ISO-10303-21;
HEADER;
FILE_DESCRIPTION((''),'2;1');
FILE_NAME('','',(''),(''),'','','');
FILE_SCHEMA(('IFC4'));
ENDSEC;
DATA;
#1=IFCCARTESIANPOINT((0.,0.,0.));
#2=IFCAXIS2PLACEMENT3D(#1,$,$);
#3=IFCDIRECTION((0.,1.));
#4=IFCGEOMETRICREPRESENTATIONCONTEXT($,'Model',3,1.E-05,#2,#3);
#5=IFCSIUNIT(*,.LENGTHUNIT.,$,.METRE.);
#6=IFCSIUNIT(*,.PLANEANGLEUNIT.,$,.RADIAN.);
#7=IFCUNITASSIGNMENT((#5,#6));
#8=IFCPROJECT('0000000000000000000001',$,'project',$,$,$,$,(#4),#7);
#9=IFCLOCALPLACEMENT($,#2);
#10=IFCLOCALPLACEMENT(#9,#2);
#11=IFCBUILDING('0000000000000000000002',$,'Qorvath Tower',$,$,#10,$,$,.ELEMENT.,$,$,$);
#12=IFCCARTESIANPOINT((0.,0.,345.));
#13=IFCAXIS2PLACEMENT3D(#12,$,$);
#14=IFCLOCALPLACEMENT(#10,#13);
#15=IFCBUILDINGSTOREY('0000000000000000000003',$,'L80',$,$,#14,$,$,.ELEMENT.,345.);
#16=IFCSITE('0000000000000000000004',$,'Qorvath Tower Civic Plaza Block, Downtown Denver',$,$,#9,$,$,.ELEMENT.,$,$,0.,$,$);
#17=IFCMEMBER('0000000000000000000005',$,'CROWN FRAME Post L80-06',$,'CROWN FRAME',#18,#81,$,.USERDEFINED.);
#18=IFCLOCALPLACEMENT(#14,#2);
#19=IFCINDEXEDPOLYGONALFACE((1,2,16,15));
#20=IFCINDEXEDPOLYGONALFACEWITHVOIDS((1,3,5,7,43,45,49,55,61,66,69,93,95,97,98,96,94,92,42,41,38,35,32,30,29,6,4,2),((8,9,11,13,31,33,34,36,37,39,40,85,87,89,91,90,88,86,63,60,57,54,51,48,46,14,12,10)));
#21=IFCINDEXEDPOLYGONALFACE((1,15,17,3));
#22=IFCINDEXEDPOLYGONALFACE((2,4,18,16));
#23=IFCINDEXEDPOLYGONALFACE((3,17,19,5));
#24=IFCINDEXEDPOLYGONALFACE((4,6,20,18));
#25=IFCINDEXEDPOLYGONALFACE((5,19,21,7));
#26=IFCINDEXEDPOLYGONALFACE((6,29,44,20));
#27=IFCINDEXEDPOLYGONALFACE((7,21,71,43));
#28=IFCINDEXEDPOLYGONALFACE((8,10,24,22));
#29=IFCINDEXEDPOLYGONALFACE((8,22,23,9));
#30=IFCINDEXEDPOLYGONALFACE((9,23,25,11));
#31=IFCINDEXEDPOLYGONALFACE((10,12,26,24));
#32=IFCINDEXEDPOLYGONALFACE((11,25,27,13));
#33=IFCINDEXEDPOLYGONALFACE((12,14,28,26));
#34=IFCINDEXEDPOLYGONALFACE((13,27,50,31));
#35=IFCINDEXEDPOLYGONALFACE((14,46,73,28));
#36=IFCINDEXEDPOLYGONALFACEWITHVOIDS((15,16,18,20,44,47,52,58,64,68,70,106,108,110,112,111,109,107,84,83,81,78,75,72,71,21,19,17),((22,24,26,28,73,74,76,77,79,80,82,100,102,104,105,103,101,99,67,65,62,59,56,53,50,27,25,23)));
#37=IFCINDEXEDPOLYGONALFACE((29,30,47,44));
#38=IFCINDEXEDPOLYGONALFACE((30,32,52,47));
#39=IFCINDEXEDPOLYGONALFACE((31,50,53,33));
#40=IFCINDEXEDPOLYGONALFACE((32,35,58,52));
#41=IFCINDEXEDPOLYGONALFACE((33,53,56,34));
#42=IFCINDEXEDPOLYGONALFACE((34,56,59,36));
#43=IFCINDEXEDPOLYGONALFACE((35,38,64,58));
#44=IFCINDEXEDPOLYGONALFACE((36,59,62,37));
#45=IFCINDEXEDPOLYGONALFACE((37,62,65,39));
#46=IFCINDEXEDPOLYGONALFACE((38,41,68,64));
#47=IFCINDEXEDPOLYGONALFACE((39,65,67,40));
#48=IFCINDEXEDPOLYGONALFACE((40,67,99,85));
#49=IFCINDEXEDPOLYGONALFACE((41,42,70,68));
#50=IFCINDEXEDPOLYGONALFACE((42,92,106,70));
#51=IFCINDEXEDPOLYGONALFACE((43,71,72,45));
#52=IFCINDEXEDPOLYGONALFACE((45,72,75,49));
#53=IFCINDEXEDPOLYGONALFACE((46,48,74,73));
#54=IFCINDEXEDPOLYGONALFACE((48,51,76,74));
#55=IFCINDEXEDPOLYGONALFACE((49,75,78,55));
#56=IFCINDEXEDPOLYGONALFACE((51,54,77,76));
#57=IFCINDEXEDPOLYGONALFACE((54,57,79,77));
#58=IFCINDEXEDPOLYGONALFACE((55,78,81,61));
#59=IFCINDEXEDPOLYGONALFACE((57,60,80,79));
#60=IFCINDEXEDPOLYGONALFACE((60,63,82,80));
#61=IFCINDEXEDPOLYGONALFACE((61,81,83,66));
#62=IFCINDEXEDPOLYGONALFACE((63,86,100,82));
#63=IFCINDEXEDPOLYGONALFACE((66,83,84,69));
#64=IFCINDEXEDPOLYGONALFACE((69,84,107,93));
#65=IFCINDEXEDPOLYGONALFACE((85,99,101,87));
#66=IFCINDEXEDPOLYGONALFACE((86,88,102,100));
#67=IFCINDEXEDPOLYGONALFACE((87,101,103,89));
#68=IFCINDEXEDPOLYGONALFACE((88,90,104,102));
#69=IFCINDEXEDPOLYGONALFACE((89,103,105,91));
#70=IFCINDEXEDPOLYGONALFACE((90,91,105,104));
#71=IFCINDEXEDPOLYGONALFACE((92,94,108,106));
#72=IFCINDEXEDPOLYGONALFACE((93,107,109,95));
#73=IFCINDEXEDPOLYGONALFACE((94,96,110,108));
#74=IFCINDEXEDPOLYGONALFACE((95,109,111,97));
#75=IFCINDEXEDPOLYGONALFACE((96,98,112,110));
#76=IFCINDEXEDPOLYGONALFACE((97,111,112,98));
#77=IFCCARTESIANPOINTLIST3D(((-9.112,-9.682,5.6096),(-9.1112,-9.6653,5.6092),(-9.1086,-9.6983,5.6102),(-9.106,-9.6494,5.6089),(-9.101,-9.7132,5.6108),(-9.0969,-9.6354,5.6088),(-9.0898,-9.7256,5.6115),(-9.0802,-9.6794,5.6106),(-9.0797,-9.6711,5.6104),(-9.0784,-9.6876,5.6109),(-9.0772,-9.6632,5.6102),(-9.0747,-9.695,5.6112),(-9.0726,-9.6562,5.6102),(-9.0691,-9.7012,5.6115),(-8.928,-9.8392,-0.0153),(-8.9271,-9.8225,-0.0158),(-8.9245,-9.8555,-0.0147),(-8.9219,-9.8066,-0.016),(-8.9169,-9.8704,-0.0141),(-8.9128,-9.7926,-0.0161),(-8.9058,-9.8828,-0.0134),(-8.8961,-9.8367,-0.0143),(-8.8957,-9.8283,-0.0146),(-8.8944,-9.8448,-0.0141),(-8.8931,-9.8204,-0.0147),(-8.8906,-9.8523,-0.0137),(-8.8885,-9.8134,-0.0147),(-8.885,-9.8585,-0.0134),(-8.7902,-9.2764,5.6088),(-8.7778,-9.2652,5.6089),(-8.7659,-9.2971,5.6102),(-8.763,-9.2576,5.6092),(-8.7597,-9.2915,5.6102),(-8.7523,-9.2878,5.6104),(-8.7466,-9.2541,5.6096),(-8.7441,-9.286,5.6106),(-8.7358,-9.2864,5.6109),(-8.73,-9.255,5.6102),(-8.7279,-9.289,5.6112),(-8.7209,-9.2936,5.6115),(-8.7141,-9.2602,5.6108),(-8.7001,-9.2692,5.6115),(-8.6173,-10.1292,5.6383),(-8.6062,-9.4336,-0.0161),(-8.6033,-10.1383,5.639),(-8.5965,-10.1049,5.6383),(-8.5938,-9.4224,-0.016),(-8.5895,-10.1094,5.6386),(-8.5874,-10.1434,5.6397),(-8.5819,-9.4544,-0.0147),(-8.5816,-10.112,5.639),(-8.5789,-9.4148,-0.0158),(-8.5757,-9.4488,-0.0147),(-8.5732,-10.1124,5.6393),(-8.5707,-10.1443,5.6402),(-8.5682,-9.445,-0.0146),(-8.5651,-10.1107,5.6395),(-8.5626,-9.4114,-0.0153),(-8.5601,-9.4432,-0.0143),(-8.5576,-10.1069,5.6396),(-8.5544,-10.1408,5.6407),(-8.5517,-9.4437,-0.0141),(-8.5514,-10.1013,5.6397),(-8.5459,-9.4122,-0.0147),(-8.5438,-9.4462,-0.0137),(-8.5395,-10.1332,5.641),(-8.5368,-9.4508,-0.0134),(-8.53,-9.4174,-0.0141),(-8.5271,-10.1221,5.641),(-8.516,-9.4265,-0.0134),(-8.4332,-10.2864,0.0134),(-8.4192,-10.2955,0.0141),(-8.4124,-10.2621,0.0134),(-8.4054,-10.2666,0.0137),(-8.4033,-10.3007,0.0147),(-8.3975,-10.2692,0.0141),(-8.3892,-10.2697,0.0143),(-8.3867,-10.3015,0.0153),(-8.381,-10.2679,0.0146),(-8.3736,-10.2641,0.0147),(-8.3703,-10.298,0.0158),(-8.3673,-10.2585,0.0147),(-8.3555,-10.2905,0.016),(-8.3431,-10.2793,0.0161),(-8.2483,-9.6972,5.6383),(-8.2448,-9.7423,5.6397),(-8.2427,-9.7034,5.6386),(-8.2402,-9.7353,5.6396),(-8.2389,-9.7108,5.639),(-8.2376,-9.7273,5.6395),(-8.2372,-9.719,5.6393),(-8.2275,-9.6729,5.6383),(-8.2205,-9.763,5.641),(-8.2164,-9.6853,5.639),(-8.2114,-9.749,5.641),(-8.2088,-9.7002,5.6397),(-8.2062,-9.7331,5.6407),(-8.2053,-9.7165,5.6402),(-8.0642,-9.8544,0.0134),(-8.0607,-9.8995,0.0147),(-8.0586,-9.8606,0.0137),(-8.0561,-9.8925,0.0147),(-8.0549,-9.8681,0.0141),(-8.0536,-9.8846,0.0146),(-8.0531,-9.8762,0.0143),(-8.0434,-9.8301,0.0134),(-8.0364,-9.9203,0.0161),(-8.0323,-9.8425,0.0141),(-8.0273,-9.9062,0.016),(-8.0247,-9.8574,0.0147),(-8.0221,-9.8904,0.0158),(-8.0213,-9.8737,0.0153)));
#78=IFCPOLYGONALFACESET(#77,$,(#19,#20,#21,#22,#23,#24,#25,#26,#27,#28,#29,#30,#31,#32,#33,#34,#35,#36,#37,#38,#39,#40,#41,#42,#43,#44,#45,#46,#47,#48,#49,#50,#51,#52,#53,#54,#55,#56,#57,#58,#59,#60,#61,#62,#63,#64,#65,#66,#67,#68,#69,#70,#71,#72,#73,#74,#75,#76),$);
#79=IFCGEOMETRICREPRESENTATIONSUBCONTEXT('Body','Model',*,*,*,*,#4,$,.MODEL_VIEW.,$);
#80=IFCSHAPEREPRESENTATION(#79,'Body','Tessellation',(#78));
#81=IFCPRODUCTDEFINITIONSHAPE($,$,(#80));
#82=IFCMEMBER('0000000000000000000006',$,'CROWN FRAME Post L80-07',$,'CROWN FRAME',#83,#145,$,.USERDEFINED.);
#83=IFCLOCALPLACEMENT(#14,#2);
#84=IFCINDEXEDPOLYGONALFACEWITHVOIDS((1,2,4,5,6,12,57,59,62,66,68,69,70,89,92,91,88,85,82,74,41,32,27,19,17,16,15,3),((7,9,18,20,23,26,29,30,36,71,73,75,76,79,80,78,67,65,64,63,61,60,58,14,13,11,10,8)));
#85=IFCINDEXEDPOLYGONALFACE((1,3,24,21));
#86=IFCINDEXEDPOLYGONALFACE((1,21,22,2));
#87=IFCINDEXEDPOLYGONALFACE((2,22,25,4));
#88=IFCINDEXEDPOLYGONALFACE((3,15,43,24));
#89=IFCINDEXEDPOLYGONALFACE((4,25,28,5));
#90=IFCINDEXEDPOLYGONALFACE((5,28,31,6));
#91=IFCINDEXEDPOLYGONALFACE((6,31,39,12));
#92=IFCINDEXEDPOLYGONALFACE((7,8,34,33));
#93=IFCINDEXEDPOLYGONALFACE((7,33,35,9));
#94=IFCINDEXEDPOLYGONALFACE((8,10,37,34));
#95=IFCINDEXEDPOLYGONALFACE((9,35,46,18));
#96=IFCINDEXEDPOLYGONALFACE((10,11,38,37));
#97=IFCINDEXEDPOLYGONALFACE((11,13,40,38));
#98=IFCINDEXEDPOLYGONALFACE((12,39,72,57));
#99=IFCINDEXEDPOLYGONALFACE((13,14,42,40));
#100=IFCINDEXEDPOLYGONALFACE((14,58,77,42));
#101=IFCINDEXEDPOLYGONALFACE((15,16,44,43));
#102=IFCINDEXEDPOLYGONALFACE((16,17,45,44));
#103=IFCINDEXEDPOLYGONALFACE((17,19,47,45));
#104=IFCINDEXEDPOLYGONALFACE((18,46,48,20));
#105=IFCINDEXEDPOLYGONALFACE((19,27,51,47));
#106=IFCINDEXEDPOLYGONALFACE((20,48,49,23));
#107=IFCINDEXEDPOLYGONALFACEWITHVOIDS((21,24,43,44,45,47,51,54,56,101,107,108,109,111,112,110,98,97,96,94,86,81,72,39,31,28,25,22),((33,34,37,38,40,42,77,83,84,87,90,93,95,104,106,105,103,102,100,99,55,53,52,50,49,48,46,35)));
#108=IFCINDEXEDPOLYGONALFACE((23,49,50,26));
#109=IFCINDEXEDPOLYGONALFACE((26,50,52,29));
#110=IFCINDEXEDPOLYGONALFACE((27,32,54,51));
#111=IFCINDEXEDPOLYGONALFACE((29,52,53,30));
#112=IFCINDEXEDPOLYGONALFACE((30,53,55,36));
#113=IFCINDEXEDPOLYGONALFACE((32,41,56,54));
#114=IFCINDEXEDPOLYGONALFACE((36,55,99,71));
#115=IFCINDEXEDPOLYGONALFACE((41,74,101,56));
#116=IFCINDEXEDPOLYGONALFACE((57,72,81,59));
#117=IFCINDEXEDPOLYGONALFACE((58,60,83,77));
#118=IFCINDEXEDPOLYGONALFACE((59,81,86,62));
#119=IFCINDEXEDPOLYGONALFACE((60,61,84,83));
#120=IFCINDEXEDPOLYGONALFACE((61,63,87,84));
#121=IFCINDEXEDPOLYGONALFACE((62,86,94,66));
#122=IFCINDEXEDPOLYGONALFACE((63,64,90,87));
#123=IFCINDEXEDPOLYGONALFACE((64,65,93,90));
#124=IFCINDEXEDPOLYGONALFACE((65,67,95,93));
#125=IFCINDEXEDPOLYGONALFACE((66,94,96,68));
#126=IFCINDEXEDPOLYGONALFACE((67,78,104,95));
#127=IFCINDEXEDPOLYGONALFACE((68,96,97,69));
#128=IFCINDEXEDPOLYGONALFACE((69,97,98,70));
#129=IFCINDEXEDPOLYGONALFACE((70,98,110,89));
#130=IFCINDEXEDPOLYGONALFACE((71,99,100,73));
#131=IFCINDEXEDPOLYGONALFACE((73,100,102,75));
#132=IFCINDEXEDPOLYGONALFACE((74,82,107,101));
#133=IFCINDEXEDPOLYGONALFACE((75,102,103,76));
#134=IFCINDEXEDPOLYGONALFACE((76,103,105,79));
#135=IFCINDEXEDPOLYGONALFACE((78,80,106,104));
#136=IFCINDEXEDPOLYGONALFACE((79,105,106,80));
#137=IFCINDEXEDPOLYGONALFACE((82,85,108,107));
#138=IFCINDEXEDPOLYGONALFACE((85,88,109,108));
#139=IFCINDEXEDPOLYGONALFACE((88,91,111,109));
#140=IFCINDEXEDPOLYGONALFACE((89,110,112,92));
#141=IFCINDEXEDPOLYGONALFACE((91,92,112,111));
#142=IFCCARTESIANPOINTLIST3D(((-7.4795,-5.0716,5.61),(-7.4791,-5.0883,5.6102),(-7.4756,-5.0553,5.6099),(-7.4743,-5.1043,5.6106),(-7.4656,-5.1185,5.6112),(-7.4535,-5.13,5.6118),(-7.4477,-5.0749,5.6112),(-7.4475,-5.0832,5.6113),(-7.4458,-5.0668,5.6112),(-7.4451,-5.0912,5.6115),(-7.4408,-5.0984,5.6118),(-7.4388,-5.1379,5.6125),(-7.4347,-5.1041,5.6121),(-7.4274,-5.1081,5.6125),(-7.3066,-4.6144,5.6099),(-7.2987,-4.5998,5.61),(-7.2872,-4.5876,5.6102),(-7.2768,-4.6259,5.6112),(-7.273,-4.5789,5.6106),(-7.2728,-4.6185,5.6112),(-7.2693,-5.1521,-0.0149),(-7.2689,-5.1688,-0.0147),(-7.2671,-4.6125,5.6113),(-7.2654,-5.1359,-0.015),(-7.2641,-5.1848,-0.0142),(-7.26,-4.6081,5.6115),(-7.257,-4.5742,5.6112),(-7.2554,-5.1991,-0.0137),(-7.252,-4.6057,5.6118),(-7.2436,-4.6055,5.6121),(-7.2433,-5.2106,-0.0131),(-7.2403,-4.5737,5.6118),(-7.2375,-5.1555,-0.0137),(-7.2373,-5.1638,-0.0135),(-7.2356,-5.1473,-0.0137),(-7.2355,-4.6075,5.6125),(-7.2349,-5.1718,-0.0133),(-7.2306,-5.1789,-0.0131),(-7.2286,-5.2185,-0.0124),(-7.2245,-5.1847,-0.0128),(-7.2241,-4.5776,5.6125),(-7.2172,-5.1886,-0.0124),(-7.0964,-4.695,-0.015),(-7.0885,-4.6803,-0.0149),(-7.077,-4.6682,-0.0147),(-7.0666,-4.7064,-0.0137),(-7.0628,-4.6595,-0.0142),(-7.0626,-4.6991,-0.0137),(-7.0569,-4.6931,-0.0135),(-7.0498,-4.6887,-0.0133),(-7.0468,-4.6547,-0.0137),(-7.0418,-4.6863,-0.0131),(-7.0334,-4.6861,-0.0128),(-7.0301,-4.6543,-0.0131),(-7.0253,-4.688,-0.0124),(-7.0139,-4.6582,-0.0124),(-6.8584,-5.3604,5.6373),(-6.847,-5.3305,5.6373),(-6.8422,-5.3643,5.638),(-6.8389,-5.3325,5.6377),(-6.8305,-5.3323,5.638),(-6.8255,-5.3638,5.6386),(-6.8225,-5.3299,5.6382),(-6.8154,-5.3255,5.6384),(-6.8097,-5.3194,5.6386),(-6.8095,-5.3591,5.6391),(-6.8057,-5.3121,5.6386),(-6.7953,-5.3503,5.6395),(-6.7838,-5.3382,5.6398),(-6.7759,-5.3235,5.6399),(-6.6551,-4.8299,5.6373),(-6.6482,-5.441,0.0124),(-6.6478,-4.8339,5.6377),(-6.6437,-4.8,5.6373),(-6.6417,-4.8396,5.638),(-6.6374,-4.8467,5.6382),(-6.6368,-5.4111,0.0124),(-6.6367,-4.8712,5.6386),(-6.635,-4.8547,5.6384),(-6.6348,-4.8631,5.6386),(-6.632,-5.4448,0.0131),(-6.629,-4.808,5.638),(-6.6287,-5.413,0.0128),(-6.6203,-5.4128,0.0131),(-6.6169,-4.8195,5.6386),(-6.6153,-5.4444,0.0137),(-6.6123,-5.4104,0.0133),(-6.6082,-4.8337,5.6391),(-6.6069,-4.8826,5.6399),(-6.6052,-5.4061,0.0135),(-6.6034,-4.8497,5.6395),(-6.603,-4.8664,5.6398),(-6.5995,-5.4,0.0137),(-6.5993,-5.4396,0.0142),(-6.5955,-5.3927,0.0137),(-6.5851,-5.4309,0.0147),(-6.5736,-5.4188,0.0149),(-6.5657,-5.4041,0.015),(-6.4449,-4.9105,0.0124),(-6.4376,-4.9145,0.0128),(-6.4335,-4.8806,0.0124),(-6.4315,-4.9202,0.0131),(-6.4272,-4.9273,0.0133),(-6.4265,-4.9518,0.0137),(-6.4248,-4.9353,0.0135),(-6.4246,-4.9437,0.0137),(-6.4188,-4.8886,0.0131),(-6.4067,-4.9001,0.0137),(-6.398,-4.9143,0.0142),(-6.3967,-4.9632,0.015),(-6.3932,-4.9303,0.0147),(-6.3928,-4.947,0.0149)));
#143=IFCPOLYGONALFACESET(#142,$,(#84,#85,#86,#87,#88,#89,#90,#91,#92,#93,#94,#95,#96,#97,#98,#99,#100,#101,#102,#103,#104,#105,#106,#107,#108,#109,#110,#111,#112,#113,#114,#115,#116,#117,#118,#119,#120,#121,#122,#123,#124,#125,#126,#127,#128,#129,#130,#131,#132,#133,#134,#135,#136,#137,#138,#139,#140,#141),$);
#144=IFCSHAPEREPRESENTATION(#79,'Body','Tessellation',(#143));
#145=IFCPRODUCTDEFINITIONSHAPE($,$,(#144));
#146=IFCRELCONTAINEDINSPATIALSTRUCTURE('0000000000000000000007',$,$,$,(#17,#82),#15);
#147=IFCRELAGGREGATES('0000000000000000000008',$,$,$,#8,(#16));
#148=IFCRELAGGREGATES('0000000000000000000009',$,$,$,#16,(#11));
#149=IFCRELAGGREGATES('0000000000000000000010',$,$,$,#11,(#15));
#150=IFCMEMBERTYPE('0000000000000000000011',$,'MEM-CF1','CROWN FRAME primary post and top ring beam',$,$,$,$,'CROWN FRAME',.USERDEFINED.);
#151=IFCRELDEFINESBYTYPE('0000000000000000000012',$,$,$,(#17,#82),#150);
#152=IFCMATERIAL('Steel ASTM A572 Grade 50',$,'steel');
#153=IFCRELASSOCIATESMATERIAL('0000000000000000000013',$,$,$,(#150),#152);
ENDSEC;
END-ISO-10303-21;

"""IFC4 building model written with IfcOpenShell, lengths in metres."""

from ifc_helpers import new_model, si_unit, direction, frame, origin, origin_2d, place, context, subcontext, project, spatial, hollow_rectangle, extrude, material, material_profile, profile_set, type_object, element, save


model = new_model("IFC4")

# Units and contexts
model_context = context("Model", 3, precision=1e-05, world=origin(), true_north=direction((0.0, 1.0)))
body_context = subcontext(model_context, "Body", "Model", "MODEL_VIEW")
ifc_project = project(units=[si_unit("LENGTHUNIT", "METRE"), si_unit("PLANEANGLEUNIT", "RADIAN")], contexts=[model_context])

# Site, building, storey
site_placement = place(None, origin())
site = spatial("IfcSite", under=ifc_project, at=site_placement, Name="Qorvath Tower Civic Plaza Block, Downtown Denver", CompositionType="ELEMENT", RefElevation=0.0)
building_placement = place(site_placement, origin())
building = spatial("IfcBuilding", under=site, at=building_placement, Name="Qorvath Tower", CompositionType="ELEMENT")
storey_placement = place(building_placement, frame((0.0, 0.0, 345.0)))
storey = spatial("IfcBuildingStorey", under=building, at=storey_placement, Name="L80", CompositionType="ELEMENT", Elevation=345.0)

# Members
ifc_material_1 = material(Name="Steel ASTM A572 Grade 50", Category="steel")
ifc_material_profile_1 = material_profile(ifc_material_1, hollow_rectangle(XDim=0.6001, YDim=0.75, WallThickness=0.032, InnerFilletRadius=0.032, OuterFilletRadius=0.064, at=origin_2d()), Name="CROWN BOX 750x600x32")
ifc_profile_set_1 = profile_set([ifc_material_profile_1], Name="Steel ASTM A572 Grade 50")
member_type_1 = type_object("IfcMemberType", Name="MEM-CF1", Description="CROWN FRAME primary post and top ring beam", ElementType="CROWN FRAME", PredefinedType="USERDEFINED", material=ifc_profile_set_1)
member_1_placement = place(storey_placement, frame((-8.4746, -9.8564, 0.0), z_axis=(-0.032695, 0.027926, 0.999075), x_axis=(-0.649462, -0.760394, 0.0)))
element("IfcMember", 1, at=member_1_placement, inside=storey, type_object=member_type_1, Name="CROWN FRAME Post L80-06", ObjectType="CROWN FRAME", PredefinedType="USERDEFINED", context=body_context, shape_type="SweptSolid", body=[
    extrude(hollow_rectangle(XDim=0.6001, YDim=0.75, WallThickness=0.032, InnerFilletRadius=0.032, OuterFilletRadius=0.064, at=origin_2d()), origin(), (0.0, 0.0, 1.0), 5.6301),
])
member_2_placement = place(storey_placement, frame((-6.8311, -5.0496, 0.0), z_axis=(-0.03734, 0.014311, 0.9992), x_axis=(-0.357889, -0.933764, 0.0)))
element("IfcMember", 2, at=member_2_placement, inside=storey, type_object=member_type_1, Name="CROWN FRAME Post L80-07", ObjectType="CROWN FRAME", PredefinedType="USERDEFINED", context=body_context, shape_type="SweptSolid", body=[
    extrude(hollow_rectangle(XDim=0.6001, YDim=0.75, WallThickness=0.032, InnerFilletRadius=0.032, OuterFilletRadius=0.064, at=origin_2d()), origin(), (0.0, 0.0, 1.0), 5.6294),
])

save(model, "model.ifc")
